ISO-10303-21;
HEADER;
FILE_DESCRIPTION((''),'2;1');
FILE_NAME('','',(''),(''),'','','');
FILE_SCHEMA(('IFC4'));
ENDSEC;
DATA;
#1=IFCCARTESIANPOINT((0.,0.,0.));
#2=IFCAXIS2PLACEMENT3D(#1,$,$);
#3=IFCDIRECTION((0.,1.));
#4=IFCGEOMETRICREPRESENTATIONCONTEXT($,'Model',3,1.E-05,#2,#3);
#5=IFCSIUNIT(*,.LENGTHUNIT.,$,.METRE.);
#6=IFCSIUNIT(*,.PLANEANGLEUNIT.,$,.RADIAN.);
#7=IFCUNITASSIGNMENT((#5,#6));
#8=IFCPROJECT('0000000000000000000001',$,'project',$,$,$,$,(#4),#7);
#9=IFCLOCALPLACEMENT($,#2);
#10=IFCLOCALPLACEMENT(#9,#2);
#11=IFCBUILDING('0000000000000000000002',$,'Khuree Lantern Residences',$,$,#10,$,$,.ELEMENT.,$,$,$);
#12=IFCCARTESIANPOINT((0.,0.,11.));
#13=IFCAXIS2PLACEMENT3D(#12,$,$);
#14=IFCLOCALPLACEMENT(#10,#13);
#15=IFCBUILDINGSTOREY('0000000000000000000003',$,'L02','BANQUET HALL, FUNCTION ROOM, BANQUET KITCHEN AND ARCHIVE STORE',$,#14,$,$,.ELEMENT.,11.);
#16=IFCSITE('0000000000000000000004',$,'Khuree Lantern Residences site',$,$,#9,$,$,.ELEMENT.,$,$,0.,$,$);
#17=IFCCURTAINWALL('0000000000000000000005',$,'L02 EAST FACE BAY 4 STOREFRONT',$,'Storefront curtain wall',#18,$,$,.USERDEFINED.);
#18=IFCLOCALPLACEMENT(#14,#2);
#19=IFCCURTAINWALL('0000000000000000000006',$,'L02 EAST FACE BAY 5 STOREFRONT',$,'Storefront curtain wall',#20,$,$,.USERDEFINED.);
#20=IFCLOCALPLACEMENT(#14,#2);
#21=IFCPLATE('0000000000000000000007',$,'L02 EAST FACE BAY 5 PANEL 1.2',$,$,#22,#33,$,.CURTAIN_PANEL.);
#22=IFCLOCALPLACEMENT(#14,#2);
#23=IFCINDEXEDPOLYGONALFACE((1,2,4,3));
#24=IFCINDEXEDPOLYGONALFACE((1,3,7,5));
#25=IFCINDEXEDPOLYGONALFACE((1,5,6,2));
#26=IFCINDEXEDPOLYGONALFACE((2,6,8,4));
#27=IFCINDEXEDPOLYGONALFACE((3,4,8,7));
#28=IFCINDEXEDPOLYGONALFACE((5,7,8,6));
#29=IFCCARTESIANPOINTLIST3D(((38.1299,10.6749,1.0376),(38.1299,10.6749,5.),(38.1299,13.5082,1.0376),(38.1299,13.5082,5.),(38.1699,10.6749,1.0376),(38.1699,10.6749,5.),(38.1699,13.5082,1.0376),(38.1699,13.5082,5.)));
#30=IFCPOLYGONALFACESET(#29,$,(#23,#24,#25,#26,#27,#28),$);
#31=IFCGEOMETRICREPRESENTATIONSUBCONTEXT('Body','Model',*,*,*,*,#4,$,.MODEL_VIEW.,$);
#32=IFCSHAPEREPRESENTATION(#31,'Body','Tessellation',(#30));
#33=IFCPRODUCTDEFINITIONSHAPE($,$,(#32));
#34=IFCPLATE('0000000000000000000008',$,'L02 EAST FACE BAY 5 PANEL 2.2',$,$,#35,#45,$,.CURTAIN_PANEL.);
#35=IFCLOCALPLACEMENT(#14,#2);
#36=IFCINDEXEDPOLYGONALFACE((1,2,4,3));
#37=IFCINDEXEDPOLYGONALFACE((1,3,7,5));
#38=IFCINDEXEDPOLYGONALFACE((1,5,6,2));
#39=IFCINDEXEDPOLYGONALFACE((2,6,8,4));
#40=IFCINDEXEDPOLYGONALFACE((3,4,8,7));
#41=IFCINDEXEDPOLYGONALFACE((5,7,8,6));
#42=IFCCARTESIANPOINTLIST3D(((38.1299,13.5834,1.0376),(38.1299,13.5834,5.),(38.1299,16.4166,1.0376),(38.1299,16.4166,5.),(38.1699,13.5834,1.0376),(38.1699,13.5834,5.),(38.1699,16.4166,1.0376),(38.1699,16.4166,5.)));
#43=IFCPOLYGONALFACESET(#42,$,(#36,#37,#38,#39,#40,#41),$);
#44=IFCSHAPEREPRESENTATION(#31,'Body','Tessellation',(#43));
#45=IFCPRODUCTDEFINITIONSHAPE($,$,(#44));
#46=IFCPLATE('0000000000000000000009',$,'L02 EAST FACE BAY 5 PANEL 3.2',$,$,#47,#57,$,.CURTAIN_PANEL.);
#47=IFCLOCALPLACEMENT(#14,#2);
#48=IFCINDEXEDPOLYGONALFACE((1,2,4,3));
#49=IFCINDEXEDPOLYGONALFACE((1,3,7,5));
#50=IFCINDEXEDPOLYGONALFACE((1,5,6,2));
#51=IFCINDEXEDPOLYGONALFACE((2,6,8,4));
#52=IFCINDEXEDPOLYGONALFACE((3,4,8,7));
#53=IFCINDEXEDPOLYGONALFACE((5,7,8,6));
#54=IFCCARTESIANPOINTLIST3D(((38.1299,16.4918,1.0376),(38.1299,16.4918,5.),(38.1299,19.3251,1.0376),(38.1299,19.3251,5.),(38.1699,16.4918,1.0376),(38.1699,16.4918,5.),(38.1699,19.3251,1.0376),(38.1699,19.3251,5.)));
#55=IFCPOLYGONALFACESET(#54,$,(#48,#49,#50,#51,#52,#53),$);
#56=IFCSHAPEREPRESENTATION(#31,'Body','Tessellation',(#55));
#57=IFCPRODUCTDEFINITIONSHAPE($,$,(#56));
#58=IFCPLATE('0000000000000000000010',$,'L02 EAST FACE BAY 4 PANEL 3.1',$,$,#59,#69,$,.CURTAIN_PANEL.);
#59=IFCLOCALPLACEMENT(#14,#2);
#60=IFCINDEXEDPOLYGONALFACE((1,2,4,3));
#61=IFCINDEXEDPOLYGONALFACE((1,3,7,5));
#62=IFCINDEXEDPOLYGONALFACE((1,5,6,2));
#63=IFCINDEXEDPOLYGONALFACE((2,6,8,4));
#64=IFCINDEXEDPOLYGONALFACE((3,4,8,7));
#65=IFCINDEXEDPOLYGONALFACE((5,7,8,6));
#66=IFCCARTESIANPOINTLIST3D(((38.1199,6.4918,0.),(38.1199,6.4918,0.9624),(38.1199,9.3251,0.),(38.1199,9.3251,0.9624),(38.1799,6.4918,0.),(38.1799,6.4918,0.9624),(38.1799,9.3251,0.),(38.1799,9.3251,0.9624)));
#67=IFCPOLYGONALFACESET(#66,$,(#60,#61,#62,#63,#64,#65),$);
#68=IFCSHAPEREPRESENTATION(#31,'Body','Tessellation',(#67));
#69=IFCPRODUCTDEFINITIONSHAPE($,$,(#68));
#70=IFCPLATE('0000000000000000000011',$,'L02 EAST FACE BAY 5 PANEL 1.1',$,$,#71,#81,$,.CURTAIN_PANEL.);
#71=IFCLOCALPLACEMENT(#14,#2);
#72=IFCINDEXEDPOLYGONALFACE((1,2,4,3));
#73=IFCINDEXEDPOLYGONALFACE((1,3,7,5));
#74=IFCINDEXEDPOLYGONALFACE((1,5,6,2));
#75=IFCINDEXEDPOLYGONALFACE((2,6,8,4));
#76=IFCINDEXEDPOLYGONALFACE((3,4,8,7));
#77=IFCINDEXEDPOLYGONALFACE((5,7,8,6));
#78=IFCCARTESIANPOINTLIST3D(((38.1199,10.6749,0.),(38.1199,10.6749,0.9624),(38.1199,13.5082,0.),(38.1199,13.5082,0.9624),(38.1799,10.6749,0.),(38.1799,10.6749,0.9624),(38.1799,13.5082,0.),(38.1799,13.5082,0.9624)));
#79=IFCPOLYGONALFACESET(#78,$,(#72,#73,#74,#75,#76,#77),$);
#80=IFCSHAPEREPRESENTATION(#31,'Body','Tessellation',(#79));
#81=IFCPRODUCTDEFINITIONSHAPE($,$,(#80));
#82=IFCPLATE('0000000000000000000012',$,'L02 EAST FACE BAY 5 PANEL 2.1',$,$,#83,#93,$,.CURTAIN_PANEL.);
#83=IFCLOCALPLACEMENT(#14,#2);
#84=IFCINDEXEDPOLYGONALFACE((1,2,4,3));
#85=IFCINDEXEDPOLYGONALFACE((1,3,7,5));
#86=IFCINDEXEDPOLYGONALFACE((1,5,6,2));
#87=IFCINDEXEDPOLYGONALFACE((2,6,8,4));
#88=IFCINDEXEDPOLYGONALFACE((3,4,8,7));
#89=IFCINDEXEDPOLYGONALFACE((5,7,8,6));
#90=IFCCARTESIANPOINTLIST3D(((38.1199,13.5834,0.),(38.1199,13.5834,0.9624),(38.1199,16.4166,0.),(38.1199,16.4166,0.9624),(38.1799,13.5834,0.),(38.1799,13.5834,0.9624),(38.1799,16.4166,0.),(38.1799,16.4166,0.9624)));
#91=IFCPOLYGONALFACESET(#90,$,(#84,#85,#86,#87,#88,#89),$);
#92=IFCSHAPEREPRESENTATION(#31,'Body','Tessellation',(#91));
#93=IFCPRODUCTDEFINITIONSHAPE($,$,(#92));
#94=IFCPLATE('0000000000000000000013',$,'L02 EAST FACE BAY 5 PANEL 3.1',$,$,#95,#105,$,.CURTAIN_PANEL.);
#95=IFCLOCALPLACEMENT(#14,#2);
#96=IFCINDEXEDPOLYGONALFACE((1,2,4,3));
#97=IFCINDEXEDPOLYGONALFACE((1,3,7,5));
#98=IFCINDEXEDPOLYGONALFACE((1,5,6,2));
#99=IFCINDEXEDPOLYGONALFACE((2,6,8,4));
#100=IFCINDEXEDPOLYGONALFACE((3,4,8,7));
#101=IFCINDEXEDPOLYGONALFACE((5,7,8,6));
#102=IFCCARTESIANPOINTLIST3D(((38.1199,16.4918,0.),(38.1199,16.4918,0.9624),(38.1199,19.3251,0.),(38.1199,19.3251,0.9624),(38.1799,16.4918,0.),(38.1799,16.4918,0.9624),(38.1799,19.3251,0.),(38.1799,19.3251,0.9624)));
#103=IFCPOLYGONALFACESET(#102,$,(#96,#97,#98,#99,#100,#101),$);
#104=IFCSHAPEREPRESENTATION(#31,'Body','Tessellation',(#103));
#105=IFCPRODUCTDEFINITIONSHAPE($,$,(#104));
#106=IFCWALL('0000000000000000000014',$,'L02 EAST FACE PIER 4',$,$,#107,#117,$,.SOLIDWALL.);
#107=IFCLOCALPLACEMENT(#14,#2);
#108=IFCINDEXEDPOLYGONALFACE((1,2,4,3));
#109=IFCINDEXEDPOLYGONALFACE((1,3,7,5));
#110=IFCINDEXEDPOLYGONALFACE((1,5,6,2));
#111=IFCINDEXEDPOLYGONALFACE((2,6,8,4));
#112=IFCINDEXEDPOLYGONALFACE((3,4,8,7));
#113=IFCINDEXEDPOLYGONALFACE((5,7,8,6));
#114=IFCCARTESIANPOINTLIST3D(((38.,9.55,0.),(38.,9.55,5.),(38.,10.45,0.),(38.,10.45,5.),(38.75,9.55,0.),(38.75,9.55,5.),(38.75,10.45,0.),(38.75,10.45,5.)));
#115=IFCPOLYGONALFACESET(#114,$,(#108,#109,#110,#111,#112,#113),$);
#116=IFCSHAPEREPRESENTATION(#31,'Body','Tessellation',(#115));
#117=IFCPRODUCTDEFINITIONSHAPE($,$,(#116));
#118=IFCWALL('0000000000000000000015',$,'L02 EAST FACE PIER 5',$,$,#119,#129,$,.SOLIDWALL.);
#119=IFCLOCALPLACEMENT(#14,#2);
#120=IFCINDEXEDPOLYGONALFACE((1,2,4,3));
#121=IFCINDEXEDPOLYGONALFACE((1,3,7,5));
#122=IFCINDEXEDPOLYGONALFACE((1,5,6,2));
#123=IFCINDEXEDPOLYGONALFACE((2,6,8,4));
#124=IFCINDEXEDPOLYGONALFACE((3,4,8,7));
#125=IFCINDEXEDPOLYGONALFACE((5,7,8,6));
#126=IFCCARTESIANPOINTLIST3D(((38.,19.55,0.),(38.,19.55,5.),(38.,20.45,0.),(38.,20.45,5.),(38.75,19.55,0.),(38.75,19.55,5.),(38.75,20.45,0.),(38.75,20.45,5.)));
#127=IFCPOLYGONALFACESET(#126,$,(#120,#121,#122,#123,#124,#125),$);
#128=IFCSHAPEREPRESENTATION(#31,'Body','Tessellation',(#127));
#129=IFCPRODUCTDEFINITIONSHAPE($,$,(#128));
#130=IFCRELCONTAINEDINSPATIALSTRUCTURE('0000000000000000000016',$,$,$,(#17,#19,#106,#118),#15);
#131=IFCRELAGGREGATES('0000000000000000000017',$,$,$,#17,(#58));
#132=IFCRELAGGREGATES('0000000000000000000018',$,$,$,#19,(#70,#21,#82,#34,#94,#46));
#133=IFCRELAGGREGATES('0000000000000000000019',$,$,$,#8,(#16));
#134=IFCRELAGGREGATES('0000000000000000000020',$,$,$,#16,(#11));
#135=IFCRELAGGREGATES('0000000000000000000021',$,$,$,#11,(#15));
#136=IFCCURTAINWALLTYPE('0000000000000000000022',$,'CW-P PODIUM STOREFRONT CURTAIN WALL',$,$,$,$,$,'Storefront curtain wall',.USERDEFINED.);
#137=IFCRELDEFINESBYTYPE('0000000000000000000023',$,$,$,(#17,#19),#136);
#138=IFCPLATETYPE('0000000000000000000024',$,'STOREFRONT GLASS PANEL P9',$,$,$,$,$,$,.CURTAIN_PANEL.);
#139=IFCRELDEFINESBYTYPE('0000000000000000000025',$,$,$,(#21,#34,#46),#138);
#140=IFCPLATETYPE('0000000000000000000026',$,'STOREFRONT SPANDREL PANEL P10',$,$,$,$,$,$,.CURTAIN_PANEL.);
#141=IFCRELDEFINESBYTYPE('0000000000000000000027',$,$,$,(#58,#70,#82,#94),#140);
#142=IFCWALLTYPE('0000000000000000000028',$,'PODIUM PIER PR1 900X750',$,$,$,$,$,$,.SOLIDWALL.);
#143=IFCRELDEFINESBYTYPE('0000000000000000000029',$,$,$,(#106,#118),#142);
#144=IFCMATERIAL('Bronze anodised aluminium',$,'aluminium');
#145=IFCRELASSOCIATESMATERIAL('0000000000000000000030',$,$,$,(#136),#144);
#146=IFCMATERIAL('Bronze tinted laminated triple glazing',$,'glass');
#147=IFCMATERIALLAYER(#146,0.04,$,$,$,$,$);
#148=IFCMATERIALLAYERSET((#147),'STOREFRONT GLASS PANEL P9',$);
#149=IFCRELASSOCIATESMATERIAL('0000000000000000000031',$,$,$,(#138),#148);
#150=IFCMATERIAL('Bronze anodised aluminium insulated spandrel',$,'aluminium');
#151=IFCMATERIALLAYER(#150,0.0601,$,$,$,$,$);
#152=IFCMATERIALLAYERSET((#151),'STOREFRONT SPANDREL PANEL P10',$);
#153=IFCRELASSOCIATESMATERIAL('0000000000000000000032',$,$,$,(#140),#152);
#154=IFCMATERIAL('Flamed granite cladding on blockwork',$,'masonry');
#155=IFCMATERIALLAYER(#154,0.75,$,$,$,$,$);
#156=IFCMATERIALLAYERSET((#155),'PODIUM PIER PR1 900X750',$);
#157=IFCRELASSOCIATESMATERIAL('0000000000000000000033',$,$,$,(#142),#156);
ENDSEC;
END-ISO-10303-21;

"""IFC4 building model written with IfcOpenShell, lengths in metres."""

from ifc_helpers import new_model, si_unit, direction, frame, frame_2d, origin, origin_2d, place, context, subcontext, project, spatial, rectangle, extrude, material, layer, layer_set, type_object, element, aggregate, save


model = new_model("IFC4")

# Units and contexts
model_context = context("Model", 3, precision=1e-05, world=origin(), true_north=direction((0.0, 1.0)))
body_context = subcontext(model_context, "Body", "Model", "MODEL_VIEW")
ifc_project = project(units=[si_unit("LENGTHUNIT", "METRE"), si_unit("PLANEANGLEUNIT", "RADIAN")], contexts=[model_context])

# Site, building, storey
site_placement = place(None, origin())
site = spatial("IfcSite", under=ifc_project, at=site_placement, Name="Khuree Lantern Residences site", CompositionType="ELEMENT", RefElevation=0.0)
building_placement = place(site_placement, origin())
building = spatial("IfcBuilding", under=site, at=building_placement, Name="Khuree Lantern Residences", CompositionType="ELEMENT")
storey_placement = place(building_placement, frame((0.0, 0.0, 11.0)))
storey = spatial("IfcBuildingStorey", under=building, at=storey_placement, Name="L02", Description="BANQUET HALL, FUNCTION ROOM, BANQUET KITCHEN AND ARCHIVE STORE", CompositionType="ELEMENT", Elevation=11.0)

# Curtain walls
ifc_material_1 = material(Name="Bronze anodised aluminium", Category="aluminium")
curtain_wall_type = type_object("IfcCurtainWallType", Name="CW-P PODIUM STOREFRONT CURTAIN WALL", ElementType="Storefront curtain wall", PredefinedType="USERDEFINED", material=ifc_material_1)
curtain_wall_1_placement = place(storey_placement, origin())
curtain_wall_1 = element("IfcCurtainWall", 1, at=curtain_wall_1_placement, inside=storey, type_object=curtain_wall_type, Name="L02 EAST FACE BAY 4 STOREFRONT", ObjectType="Storefront curtain wall", PredefinedType="USERDEFINED")
curtain_wall_2_placement = place(storey_placement, origin())
curtain_wall_2 = element("IfcCurtainWall", 2, at=curtain_wall_2_placement, inside=storey, type_object=curtain_wall_type, Name="L02 EAST FACE BAY 5 STOREFRONT", ObjectType="Storefront curtain wall", PredefinedType="USERDEFINED")

# Plates
ifc_material_2 = material(Name="Bronze tinted laminated triple glazing", Category="glass")
ifc_layer_1 = layer(ifc_material_2, 0.04)
ifc_layer_set_1 = layer_set([ifc_layer_1], Name="STOREFRONT GLASS PANEL P9")
plate_type_1 = type_object("IfcPlateType", Name="STOREFRONT GLASS PANEL P9", PredefinedType="CURTAIN_PANEL", material=ifc_layer_set_1)
plate_1_placement = place(storey_placement, frame((38.1499, 12.0916, 1.0376), z_axis=(0.0, 0.0, 1.0), x_axis=(0.0, 1.0, 0.0)))
plate_1 = element("IfcPlate", 3, at=plate_1_placement, type_object=plate_type_1, Name="L02 EAST FACE BAY 5 PANEL 1.2", PredefinedType="CURTAIN_PANEL", context=body_context, shape_type="SweptSolid", body=[
    extrude(rectangle(XDim=2.8333, YDim=0.04, at=origin_2d()), origin(), (0.0, 0.0, 1.0), 3.9624),
])
plate_2_placement = place(storey_placement, frame((38.1499, 15.0, 1.0376), z_axis=(0.0, 0.0, 1.0), x_axis=(0.0, 1.0, 0.0)))
plate_2 = element("IfcPlate", 4, at=plate_2_placement, type_object=plate_type_1, Name="L02 EAST FACE BAY 5 PANEL 2.2", PredefinedType="CURTAIN_PANEL", context=body_context, shape_type="SweptSolid", body=[
    extrude(rectangle(XDim=2.8333, YDim=0.04, at=origin_2d()), origin(), (0.0, 0.0, 1.0), 3.9624),
])
plate_3_placement = place(storey_placement, frame((38.1499, 17.9084, 1.0376), z_axis=(0.0, 0.0, 1.0), x_axis=(0.0, 1.0, 0.0)))
plate_3 = element("IfcPlate", 5, at=plate_3_placement, type_object=plate_type_1, Name="L02 EAST FACE BAY 5 PANEL 3.2", PredefinedType="CURTAIN_PANEL", context=body_context, shape_type="SweptSolid", body=[
    extrude(rectangle(XDim=2.8333, YDim=0.04, at=origin_2d()), origin(), (0.0, 0.0, 1.0), 3.9624),
])
ifc_material_3 = material(Name="Bronze anodised aluminium insulated spandrel", Category="aluminium")
ifc_layer_2 = layer(ifc_material_3, 0.0601)
ifc_layer_set_2 = layer_set([ifc_layer_2], Name="STOREFRONT SPANDREL PANEL P10")
plate_type_2 = type_object("IfcPlateType", Name="STOREFRONT SPANDREL PANEL P10", PredefinedType="CURTAIN_PANEL", material=ifc_layer_set_2)
plate_4_placement = place(storey_placement, frame((38.1499, 7.9084, 0.0), z_axis=(0.0, 0.0, 1.0), x_axis=(0.0, 1.0, 0.0)))
plate_4 = element("IfcPlate", 6, at=plate_4_placement, type_object=plate_type_2, Name="L02 EAST FACE BAY 4 PANEL 3.1", PredefinedType="CURTAIN_PANEL", context=body_context, shape_type="SweptSolid", body=[
    extrude(rectangle(XDim=2.8333, YDim=0.0601, at=origin_2d()), origin(), (0.0, 0.0, 1.0), 0.9624),
])
aggregate(curtain_wall_1, [plate_4])
plate_5_placement = place(storey_placement, frame((38.1499, 12.0916, 0.0), z_axis=(0.0, 0.0, 1.0), x_axis=(0.0, 1.0, 0.0)))
plate_5 = element("IfcPlate", 7, at=plate_5_placement, type_object=plate_type_2, Name="L02 EAST FACE BAY 5 PANEL 1.1", PredefinedType="CURTAIN_PANEL", context=body_context, shape_type="SweptSolid", body=[
    extrude(rectangle(XDim=2.8333, YDim=0.0601, at=origin_2d()), origin(), (0.0, 0.0, 1.0), 0.9624),
])
plate_6_placement = place(storey_placement, frame((38.1499, 15.0, 0.0), z_axis=(0.0, 0.0, 1.0), x_axis=(0.0, 1.0, 0.0)))
plate_6 = element("IfcPlate", 8, at=plate_6_placement, type_object=plate_type_2, Name="L02 EAST FACE BAY 5 PANEL 2.1", PredefinedType="CURTAIN_PANEL", context=body_context, shape_type="SweptSolid", body=[
    extrude(rectangle(XDim=2.8333, YDim=0.0601, at=origin_2d()), origin(), (0.0, 0.0, 1.0), 0.9624),
])
plate_7_placement = place(storey_placement, frame((38.1499, 17.9084, 0.0), z_axis=(0.0, 0.0, 1.0), x_axis=(0.0, 1.0, 0.0)))
plate_7 = element("IfcPlate", 9, at=plate_7_placement, type_object=plate_type_2, Name="L02 EAST FACE BAY 5 PANEL 3.1", PredefinedType="CURTAIN_PANEL", context=body_context, shape_type="SweptSolid", body=[
    extrude(rectangle(XDim=2.8333, YDim=0.0601, at=origin_2d()), origin(), (0.0, 0.0, 1.0), 0.9624),
])
aggregate(curtain_wall_2, [plate_5, plate_1, plate_6, plate_2, plate_7, plate_3])

# Walls
ifc_material_4 = material(Name="Flamed granite cladding on blockwork", Category="masonry")
ifc_layer_3 = layer(ifc_material_4, 0.75)
ifc_layer_set_3 = layer_set([ifc_layer_3], Name="PODIUM PIER PR1 900X750")
wall_type = type_object("IfcWallType", Name="PODIUM PIER PR1 900X750", PredefinedType="SOLIDWALL", material=ifc_layer_set_3)
for number, where, z_axis, x_axis, name in (
    (10, (38.375, 9.55, 0.0), (0.0, 0.0, 1.0), (0.0, 1.0, 0.0), "L02 EAST FACE PIER 4"),
    (11, (38.375, 19.55, 0.0), (0.0, 0.0, 1.0), (0.0, 1.0, 0.0), "L02 EAST FACE PIER 5"),
):
    element("IfcWall", number, at=place(storey_placement, frame(where, z_axis=z_axis, x_axis=x_axis)), inside=storey, type_object=wall_type, Name=name, PredefinedType="SOLIDWALL", context=body_context, shape_type="SweptSolid", body=[
        extrude(rectangle(XDim=0.8999, YDim=0.75, at=frame_2d((0.45, 0.0))), origin(), (0.0, 0.0, 1.0), 5.0),
    ])

save(model, "model.ifc")
